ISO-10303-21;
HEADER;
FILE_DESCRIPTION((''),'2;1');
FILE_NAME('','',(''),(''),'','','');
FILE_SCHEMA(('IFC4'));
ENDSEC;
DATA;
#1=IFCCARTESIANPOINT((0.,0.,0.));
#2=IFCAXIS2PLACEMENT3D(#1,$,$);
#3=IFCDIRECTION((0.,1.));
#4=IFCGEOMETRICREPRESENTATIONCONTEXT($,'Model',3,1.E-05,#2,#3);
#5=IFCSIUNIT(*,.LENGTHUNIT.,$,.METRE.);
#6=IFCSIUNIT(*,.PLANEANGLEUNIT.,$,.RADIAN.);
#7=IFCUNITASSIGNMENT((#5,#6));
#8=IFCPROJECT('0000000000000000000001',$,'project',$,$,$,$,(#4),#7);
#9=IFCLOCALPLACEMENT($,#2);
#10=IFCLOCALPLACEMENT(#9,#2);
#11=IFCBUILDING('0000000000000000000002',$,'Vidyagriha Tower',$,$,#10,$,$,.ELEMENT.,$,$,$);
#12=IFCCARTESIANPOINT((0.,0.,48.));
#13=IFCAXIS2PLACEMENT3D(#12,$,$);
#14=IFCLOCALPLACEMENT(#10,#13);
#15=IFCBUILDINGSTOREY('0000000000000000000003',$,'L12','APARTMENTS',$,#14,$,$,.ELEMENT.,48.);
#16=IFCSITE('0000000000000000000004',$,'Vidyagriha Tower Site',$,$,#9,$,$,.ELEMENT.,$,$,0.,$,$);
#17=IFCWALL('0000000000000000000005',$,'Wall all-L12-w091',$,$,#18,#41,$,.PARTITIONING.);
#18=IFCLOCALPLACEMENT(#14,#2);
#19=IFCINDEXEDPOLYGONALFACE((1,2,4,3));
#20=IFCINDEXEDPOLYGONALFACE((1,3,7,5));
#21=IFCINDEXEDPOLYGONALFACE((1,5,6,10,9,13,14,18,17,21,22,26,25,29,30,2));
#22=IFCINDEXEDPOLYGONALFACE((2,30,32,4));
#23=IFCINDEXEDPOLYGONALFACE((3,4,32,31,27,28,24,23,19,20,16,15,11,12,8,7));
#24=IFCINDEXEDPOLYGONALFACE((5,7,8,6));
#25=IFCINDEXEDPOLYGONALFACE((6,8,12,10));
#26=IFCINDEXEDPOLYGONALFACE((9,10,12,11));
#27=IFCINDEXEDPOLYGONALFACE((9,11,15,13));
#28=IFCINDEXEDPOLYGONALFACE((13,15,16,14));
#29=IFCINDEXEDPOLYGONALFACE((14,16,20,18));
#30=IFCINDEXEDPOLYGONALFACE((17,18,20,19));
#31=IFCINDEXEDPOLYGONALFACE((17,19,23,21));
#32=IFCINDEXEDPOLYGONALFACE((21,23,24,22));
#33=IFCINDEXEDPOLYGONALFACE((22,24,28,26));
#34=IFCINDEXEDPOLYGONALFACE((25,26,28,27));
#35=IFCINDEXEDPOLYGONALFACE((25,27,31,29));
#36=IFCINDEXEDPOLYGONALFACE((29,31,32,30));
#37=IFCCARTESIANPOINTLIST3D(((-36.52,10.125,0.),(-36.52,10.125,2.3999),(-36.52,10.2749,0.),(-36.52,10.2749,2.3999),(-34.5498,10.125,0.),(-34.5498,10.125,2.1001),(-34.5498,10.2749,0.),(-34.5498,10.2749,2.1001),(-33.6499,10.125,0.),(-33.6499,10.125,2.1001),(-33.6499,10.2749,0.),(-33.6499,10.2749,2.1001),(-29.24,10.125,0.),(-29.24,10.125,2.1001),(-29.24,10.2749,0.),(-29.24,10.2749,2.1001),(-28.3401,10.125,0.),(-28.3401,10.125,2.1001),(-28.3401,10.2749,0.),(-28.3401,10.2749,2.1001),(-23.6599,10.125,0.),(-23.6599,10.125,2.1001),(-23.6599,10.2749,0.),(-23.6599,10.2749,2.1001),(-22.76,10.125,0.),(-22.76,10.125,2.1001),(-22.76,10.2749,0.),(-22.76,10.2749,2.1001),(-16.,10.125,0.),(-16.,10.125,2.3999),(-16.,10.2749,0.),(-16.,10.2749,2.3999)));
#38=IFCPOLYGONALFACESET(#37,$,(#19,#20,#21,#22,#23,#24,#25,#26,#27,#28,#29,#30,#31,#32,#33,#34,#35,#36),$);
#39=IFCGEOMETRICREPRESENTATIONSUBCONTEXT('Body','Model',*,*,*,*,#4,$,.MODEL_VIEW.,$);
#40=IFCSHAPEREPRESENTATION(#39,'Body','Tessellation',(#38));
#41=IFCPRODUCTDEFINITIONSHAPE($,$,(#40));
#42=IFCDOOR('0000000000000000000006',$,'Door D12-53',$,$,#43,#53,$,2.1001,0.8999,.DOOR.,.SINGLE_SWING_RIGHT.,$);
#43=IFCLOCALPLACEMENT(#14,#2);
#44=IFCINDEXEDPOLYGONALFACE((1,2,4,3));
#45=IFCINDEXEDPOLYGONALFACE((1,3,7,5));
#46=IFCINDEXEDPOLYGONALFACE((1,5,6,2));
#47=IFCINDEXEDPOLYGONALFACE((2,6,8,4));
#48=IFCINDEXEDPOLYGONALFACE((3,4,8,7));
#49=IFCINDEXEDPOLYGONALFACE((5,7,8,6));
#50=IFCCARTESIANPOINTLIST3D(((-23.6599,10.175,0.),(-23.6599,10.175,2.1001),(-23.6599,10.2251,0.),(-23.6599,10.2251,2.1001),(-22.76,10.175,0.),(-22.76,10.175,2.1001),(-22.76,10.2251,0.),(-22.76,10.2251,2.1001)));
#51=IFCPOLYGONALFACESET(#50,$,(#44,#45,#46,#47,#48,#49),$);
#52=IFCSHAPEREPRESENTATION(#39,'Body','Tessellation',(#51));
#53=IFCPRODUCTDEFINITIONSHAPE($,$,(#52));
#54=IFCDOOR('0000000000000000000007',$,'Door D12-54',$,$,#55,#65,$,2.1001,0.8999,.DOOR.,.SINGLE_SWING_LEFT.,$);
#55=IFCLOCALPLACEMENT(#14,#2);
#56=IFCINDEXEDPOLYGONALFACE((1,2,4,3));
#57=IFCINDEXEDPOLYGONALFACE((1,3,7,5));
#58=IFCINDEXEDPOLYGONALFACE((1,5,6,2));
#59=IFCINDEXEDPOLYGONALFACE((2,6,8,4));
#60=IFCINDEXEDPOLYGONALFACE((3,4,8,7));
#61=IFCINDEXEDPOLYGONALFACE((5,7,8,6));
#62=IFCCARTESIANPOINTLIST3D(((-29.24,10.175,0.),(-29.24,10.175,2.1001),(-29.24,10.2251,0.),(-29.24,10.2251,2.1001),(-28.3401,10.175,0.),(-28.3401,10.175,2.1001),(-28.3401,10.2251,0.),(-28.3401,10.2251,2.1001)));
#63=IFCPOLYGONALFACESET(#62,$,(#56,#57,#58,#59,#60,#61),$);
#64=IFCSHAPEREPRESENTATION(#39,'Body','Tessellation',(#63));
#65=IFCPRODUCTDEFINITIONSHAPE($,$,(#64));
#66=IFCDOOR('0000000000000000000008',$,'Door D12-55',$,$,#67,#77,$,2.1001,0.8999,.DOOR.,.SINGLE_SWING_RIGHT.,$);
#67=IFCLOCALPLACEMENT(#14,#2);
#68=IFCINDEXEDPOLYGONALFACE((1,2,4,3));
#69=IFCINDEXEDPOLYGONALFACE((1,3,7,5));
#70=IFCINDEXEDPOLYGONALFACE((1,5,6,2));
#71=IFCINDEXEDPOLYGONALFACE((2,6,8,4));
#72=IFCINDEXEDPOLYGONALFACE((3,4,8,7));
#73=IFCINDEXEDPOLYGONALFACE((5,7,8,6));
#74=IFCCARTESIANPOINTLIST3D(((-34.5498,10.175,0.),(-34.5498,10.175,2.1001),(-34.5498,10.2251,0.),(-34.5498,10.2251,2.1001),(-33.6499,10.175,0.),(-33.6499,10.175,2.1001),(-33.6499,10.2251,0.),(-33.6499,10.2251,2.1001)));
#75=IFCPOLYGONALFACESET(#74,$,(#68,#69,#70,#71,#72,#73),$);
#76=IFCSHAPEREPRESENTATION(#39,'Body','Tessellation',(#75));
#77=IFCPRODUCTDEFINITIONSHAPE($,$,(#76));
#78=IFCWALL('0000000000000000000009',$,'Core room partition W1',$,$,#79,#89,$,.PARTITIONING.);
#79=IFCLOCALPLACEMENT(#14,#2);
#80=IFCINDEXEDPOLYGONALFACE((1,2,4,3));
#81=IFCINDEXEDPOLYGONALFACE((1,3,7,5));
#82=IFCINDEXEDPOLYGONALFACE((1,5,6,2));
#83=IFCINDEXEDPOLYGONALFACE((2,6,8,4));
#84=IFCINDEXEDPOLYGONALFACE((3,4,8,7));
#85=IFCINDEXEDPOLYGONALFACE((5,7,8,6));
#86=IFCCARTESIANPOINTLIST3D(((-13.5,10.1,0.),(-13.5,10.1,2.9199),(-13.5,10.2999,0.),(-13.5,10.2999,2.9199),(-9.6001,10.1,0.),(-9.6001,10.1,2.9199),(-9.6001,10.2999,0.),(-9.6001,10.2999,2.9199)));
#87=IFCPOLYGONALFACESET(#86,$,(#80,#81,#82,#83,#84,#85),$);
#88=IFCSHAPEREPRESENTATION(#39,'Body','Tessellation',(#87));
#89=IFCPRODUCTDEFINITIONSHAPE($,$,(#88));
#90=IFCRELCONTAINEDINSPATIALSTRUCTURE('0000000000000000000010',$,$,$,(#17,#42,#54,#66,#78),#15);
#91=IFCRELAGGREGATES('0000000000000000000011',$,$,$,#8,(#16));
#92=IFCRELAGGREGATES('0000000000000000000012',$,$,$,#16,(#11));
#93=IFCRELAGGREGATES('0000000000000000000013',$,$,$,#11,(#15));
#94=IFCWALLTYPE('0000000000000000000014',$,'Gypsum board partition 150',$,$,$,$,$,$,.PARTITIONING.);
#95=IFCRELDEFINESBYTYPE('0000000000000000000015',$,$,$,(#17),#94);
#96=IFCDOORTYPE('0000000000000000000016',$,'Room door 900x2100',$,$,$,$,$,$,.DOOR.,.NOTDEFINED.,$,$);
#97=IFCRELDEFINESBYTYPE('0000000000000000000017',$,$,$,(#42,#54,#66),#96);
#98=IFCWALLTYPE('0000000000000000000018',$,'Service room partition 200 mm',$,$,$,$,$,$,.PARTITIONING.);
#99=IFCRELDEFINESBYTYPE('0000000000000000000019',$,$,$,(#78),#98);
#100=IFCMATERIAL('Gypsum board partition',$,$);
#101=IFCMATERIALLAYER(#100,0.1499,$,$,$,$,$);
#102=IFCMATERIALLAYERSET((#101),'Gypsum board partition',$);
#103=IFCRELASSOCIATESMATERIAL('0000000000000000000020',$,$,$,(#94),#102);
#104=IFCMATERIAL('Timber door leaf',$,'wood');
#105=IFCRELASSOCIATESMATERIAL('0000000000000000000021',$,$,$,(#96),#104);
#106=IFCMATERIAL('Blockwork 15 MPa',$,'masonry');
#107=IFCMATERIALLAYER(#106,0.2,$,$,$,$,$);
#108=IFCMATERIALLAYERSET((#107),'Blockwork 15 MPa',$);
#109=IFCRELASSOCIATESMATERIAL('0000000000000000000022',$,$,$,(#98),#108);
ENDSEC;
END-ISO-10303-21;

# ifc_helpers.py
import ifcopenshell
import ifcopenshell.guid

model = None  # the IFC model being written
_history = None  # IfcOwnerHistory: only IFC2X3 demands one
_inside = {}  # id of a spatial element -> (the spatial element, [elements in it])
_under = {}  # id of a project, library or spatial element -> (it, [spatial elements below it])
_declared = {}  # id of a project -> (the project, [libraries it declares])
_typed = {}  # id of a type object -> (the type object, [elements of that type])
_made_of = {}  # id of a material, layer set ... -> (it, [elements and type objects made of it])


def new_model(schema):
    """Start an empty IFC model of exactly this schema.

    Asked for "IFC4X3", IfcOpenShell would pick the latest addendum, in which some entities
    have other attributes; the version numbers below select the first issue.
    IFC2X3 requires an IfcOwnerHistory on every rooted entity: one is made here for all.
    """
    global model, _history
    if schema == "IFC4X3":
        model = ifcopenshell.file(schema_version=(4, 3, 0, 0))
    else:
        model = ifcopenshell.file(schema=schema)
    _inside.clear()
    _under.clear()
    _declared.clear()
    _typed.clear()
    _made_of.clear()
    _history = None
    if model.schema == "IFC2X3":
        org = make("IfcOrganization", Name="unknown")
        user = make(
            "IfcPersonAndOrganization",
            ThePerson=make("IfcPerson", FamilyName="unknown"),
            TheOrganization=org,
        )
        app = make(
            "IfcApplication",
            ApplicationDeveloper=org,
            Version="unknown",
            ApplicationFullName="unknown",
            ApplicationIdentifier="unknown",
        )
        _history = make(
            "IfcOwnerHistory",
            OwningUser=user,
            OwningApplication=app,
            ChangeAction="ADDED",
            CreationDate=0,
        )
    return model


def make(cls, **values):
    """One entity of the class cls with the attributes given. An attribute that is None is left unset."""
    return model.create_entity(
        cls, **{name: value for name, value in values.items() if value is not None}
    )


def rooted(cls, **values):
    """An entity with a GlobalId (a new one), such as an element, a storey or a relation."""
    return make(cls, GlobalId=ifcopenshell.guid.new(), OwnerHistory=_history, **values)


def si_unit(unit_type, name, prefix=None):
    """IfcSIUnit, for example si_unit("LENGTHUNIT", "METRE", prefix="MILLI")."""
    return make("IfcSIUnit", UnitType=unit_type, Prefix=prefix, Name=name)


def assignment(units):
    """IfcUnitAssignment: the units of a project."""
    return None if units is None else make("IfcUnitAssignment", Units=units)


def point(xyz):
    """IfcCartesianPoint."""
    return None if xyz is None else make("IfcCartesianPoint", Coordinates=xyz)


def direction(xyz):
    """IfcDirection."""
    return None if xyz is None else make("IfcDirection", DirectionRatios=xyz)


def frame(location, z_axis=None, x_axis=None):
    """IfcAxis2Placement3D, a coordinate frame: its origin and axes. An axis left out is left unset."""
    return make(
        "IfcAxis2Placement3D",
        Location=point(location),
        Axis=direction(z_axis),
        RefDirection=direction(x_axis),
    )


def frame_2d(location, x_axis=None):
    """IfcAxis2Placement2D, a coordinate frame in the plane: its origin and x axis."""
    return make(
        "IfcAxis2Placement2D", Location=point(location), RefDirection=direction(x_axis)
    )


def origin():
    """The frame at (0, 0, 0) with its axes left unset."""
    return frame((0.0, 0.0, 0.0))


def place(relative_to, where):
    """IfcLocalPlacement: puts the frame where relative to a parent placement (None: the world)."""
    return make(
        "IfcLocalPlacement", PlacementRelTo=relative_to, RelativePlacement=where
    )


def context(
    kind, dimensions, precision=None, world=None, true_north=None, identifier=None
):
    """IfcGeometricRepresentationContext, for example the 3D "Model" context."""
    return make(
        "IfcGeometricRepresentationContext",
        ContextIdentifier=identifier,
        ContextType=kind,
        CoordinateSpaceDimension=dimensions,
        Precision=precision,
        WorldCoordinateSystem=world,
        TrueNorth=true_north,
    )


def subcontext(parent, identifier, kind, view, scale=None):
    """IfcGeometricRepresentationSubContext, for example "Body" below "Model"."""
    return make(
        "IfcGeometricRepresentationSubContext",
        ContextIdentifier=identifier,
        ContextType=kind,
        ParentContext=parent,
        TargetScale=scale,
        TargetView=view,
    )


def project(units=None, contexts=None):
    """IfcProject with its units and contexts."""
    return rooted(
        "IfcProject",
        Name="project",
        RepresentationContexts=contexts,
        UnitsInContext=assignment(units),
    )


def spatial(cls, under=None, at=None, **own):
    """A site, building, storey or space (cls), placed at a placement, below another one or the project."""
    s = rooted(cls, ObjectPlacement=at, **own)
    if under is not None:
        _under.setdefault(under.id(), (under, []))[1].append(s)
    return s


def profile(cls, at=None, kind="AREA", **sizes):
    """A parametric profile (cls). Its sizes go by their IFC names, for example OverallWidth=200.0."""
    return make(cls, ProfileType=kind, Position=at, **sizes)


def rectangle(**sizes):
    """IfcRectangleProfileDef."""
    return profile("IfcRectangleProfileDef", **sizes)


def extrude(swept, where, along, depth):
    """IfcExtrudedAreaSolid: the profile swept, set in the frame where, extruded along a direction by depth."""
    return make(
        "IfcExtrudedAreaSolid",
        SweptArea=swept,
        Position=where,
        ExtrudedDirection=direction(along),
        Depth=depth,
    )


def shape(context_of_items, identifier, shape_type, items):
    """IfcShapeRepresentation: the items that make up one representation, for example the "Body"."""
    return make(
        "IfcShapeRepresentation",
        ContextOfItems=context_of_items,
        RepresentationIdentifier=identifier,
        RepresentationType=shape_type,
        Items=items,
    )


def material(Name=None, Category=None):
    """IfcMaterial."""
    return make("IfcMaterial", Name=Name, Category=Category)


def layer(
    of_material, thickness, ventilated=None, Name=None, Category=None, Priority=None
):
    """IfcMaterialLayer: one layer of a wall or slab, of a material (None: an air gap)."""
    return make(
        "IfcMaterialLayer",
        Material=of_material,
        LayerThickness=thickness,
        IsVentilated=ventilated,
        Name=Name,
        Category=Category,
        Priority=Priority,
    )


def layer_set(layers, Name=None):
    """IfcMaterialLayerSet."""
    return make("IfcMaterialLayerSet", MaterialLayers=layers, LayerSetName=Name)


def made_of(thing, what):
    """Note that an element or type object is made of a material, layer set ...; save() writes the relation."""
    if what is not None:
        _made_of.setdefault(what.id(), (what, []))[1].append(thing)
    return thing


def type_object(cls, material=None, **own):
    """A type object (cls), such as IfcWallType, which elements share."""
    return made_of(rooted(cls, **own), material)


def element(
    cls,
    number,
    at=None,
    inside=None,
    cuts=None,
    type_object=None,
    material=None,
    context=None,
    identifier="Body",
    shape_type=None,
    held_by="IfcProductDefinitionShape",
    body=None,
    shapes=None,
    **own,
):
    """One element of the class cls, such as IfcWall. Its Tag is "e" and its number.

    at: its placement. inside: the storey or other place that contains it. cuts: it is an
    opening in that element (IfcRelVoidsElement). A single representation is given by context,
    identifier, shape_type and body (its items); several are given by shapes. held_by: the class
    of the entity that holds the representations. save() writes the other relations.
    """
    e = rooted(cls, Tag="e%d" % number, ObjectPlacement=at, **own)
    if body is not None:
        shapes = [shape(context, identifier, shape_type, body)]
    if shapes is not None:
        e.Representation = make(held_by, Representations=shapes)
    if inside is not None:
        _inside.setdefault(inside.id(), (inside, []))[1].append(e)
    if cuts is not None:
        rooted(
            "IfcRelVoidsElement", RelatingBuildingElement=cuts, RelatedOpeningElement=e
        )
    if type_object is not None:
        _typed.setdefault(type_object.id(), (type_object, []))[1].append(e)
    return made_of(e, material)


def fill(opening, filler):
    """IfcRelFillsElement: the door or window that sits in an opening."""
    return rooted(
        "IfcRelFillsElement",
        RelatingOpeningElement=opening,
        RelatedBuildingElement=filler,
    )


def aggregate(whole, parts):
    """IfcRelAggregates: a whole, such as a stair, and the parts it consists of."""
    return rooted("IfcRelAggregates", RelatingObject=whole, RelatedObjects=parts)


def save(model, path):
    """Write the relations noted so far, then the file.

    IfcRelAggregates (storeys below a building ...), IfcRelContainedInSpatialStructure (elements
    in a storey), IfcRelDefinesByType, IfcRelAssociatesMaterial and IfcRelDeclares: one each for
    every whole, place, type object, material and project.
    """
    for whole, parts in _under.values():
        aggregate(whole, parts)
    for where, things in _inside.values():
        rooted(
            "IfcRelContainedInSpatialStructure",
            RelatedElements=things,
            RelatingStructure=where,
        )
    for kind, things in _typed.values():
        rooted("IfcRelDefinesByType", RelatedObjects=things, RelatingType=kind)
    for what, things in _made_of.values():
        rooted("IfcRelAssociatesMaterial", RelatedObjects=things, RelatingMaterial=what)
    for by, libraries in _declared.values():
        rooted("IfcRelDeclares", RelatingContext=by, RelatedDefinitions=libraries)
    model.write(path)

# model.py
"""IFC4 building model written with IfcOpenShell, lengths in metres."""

from ifc_helpers import new_model, si_unit, direction, frame, frame_2d, origin, place, context, subcontext, project, spatial, rectangle, extrude, material, layer, layer_set, type_object, element, fill, save


model = new_model("IFC4")

# Units and contexts
model_context = context("Model", 3, precision=1e-05, world=origin(), true_north=direction((0.0, 1.0)))
body_context = subcontext(model_context, "Body", "Model", "MODEL_VIEW")
ifc_project = project(units=[si_unit("LENGTHUNIT", "METRE"), si_unit("PLANEANGLEUNIT", "RADIAN")], contexts=[model_context])

# Site, building, storey
site_placement = place(None, origin())
site = spatial("IfcSite", under=ifc_project, at=site_placement, Name="Vidyagriha Tower Site", CompositionType="ELEMENT", RefElevation=0.0)
building_placement = place(site_placement, origin())
building = spatial("IfcBuilding", under=site, at=building_placement, Name="Vidyagriha Tower", CompositionType="ELEMENT")
storey_placement = place(building_placement, frame((0.0, 0.0, 48.0)))
storey = spatial("IfcBuildingStorey", under=building, at=storey_placement, Name="L12", Description="APARTMENTS", CompositionType="ELEMENT", Elevation=48.0)

# Shared definitions
ifc_material_1 = material(Name="Gypsum board partition")
ifc_layer_1 = layer(ifc_material_1, 0.1499)
ifc_layer_set_1 = layer_set([ifc_layer_1], Name="Gypsum board partition")
wall_type_1 = type_object("IfcWallType", Name="Gypsum board partition 150", PredefinedType="PARTITIONING", material=ifc_layer_set_1)

# Wall, openings, doors
wall_1_placement = place(storey_placement, frame((-16.0, 10.2, 0.0), z_axis=(0.0, 0.0, 1.0), x_axis=(-1.0, 0.0, 0.0)))
wall_1 = element("IfcWall", 1, at=wall_1_placement, inside=storey, type_object=wall_type_1, Name="Wall all-L12-w091", PredefinedType="PARTITIONING", context=body_context, shape_type="SweptSolid", body=[
    extrude(rectangle(XDim=20.52, YDim=0.1499, at=frame_2d((10.26, 0.0))), origin(), (0.0, 0.0, 1.0), 2.3999),
])
opening_1_placement = place(wall_1_placement, frame((6.76, 0.0, 0.0)))
opening_1 = element("IfcOpeningElement", 2, at=opening_1_placement, cuts=wall_1, PredefinedType="OPENING", context=body_context, shape_type="SweptSolid", body=[
    extrude(rectangle(XDim=0.8999, YDim=2.1001, at=frame_2d((0.45, 1.05))), frame((0.0, 0.085, 0.0), z_axis=(0.0, -1.0, 0.0), x_axis=(1.0, 0.0, 0.0)), (0.0, 0.0, 1.0), 0.1699),
])
opening_2_placement = place(wall_1_placement, frame((12.3401, 0.0, 0.0)))
opening_2 = element("IfcOpeningElement", 3, at=opening_2_placement, cuts=wall_1, PredefinedType="OPENING", context=body_context, shape_type="SweptSolid", body=[
    extrude(rectangle(XDim=0.8999, YDim=2.1001, at=frame_2d((0.45, 1.05))), frame((0.0, 0.085, 0.0), z_axis=(0.0, -1.0, 0.0), x_axis=(1.0, 0.0, 0.0)), (0.0, 0.0, 1.0), 0.1699),
])
opening_3_placement = place(wall_1_placement, frame((17.6499, 0.0, 0.0)))
opening_3 = element("IfcOpeningElement", 4, at=opening_3_placement, cuts=wall_1, PredefinedType="OPENING", context=body_context, shape_type="SweptSolid", body=[
    extrude(rectangle(XDim=0.8999, YDim=2.1001, at=frame_2d((0.45, 1.05))), frame((0.0, 0.085, 0.0), z_axis=(0.0, -1.0, 0.0), x_axis=(1.0, 0.0, 0.0)), (0.0, 0.0, 1.0), 0.1699),
])
ifc_material_2 = material(Name="Timber door leaf", Category="wood")
door_type_1 = type_object("IfcDoorType", Name="Room door 900x2100", OperationType="NOTDEFINED", PredefinedType="DOOR", material=ifc_material_2)
door_1_placement = place(opening_1_placement, origin())
door_1 = element("IfcDoor", 5, at=door_1_placement, inside=storey, type_object=door_type_1, Name="Door D12-53", OperationType="SINGLE_SWING_RIGHT", OverallHeight=2.1001, OverallWidth=0.8999, PredefinedType="DOOR", context=body_context, shape_type="SweptSolid", body=[
    extrude(rectangle(XDim=0.8999, YDim=2.1001, at=frame_2d((0.45, 1.05))), frame((0.0, 0.0249, 0.0), z_axis=(0.0, -1.0, 0.0), x_axis=(1.0, 0.0, 0.0)), (0.0, 0.0, 1.0), 0.05),
])
fill(opening_1, door_1)
door_2_placement = place(opening_2_placement, origin())
door_2 = element("IfcDoor", 6, at=door_2_placement, inside=storey, type_object=door_type_1, Name="Door D12-54", OperationType="SINGLE_SWING_LEFT", OverallHeight=2.1001, OverallWidth=0.8999, PredefinedType="DOOR", context=body_context, shape_type="SweptSolid", body=[
    extrude(rectangle(XDim=0.8999, YDim=2.1001, at=frame_2d((0.45, 1.05))), frame((0.0, 0.0249, 0.0), z_axis=(0.0, -1.0, 0.0), x_axis=(1.0, 0.0, 0.0)), (0.0, 0.0, 1.0), 0.05),
])
fill(opening_2, door_2)
door_3_placement = place(opening_3_placement, origin())
door_3 = element("IfcDoor", 7, at=door_3_placement, inside=storey, type_object=door_type_1, Name="Door D12-55", OperationType="SINGLE_SWING_RIGHT", OverallHeight=2.1001, OverallWidth=0.8999, PredefinedType="DOOR", context=body_context, shape_type="SweptSolid", body=[
    extrude(rectangle(XDim=0.8999, YDim=2.1001, at=frame_2d((0.45, 1.05))), frame((0.0, 0.0249, 0.0), z_axis=(0.0, -1.0, 0.0), x_axis=(1.0, 0.0, 0.0)), (0.0, 0.0, 1.0), 0.05),
])
fill(opening_3, door_3)

# Wall
ifc_material_3 = material(Name="Blockwork 15 MPa", Category="masonry")
ifc_layer_2 = layer(ifc_material_3, 0.2)
ifc_layer_set_2 = layer_set([ifc_layer_2], Name="Blockwork 15 MPa")
wall_type_2 = type_object("IfcWallType", Name="Service room partition 200 mm", PredefinedType="PARTITIONING", material=ifc_layer_set_2)
wall_2_placement = place(storey_placement, frame((-13.5, 10.2, 0.0)))
element("IfcWall", 8, at=wall_2_placement, inside=storey, type_object=wall_type_2, Name="Core room partition W1", PredefinedType="PARTITIONING", context=body_context, shape_type="SweptSolid", body=[
    extrude(rectangle(XDim=3.8999, YDim=0.2, at=frame_2d((1.95, 0.0))), origin(), (0.0, 0.0, 1.0), 2.9199),
])

save(model, "model.ifc")
